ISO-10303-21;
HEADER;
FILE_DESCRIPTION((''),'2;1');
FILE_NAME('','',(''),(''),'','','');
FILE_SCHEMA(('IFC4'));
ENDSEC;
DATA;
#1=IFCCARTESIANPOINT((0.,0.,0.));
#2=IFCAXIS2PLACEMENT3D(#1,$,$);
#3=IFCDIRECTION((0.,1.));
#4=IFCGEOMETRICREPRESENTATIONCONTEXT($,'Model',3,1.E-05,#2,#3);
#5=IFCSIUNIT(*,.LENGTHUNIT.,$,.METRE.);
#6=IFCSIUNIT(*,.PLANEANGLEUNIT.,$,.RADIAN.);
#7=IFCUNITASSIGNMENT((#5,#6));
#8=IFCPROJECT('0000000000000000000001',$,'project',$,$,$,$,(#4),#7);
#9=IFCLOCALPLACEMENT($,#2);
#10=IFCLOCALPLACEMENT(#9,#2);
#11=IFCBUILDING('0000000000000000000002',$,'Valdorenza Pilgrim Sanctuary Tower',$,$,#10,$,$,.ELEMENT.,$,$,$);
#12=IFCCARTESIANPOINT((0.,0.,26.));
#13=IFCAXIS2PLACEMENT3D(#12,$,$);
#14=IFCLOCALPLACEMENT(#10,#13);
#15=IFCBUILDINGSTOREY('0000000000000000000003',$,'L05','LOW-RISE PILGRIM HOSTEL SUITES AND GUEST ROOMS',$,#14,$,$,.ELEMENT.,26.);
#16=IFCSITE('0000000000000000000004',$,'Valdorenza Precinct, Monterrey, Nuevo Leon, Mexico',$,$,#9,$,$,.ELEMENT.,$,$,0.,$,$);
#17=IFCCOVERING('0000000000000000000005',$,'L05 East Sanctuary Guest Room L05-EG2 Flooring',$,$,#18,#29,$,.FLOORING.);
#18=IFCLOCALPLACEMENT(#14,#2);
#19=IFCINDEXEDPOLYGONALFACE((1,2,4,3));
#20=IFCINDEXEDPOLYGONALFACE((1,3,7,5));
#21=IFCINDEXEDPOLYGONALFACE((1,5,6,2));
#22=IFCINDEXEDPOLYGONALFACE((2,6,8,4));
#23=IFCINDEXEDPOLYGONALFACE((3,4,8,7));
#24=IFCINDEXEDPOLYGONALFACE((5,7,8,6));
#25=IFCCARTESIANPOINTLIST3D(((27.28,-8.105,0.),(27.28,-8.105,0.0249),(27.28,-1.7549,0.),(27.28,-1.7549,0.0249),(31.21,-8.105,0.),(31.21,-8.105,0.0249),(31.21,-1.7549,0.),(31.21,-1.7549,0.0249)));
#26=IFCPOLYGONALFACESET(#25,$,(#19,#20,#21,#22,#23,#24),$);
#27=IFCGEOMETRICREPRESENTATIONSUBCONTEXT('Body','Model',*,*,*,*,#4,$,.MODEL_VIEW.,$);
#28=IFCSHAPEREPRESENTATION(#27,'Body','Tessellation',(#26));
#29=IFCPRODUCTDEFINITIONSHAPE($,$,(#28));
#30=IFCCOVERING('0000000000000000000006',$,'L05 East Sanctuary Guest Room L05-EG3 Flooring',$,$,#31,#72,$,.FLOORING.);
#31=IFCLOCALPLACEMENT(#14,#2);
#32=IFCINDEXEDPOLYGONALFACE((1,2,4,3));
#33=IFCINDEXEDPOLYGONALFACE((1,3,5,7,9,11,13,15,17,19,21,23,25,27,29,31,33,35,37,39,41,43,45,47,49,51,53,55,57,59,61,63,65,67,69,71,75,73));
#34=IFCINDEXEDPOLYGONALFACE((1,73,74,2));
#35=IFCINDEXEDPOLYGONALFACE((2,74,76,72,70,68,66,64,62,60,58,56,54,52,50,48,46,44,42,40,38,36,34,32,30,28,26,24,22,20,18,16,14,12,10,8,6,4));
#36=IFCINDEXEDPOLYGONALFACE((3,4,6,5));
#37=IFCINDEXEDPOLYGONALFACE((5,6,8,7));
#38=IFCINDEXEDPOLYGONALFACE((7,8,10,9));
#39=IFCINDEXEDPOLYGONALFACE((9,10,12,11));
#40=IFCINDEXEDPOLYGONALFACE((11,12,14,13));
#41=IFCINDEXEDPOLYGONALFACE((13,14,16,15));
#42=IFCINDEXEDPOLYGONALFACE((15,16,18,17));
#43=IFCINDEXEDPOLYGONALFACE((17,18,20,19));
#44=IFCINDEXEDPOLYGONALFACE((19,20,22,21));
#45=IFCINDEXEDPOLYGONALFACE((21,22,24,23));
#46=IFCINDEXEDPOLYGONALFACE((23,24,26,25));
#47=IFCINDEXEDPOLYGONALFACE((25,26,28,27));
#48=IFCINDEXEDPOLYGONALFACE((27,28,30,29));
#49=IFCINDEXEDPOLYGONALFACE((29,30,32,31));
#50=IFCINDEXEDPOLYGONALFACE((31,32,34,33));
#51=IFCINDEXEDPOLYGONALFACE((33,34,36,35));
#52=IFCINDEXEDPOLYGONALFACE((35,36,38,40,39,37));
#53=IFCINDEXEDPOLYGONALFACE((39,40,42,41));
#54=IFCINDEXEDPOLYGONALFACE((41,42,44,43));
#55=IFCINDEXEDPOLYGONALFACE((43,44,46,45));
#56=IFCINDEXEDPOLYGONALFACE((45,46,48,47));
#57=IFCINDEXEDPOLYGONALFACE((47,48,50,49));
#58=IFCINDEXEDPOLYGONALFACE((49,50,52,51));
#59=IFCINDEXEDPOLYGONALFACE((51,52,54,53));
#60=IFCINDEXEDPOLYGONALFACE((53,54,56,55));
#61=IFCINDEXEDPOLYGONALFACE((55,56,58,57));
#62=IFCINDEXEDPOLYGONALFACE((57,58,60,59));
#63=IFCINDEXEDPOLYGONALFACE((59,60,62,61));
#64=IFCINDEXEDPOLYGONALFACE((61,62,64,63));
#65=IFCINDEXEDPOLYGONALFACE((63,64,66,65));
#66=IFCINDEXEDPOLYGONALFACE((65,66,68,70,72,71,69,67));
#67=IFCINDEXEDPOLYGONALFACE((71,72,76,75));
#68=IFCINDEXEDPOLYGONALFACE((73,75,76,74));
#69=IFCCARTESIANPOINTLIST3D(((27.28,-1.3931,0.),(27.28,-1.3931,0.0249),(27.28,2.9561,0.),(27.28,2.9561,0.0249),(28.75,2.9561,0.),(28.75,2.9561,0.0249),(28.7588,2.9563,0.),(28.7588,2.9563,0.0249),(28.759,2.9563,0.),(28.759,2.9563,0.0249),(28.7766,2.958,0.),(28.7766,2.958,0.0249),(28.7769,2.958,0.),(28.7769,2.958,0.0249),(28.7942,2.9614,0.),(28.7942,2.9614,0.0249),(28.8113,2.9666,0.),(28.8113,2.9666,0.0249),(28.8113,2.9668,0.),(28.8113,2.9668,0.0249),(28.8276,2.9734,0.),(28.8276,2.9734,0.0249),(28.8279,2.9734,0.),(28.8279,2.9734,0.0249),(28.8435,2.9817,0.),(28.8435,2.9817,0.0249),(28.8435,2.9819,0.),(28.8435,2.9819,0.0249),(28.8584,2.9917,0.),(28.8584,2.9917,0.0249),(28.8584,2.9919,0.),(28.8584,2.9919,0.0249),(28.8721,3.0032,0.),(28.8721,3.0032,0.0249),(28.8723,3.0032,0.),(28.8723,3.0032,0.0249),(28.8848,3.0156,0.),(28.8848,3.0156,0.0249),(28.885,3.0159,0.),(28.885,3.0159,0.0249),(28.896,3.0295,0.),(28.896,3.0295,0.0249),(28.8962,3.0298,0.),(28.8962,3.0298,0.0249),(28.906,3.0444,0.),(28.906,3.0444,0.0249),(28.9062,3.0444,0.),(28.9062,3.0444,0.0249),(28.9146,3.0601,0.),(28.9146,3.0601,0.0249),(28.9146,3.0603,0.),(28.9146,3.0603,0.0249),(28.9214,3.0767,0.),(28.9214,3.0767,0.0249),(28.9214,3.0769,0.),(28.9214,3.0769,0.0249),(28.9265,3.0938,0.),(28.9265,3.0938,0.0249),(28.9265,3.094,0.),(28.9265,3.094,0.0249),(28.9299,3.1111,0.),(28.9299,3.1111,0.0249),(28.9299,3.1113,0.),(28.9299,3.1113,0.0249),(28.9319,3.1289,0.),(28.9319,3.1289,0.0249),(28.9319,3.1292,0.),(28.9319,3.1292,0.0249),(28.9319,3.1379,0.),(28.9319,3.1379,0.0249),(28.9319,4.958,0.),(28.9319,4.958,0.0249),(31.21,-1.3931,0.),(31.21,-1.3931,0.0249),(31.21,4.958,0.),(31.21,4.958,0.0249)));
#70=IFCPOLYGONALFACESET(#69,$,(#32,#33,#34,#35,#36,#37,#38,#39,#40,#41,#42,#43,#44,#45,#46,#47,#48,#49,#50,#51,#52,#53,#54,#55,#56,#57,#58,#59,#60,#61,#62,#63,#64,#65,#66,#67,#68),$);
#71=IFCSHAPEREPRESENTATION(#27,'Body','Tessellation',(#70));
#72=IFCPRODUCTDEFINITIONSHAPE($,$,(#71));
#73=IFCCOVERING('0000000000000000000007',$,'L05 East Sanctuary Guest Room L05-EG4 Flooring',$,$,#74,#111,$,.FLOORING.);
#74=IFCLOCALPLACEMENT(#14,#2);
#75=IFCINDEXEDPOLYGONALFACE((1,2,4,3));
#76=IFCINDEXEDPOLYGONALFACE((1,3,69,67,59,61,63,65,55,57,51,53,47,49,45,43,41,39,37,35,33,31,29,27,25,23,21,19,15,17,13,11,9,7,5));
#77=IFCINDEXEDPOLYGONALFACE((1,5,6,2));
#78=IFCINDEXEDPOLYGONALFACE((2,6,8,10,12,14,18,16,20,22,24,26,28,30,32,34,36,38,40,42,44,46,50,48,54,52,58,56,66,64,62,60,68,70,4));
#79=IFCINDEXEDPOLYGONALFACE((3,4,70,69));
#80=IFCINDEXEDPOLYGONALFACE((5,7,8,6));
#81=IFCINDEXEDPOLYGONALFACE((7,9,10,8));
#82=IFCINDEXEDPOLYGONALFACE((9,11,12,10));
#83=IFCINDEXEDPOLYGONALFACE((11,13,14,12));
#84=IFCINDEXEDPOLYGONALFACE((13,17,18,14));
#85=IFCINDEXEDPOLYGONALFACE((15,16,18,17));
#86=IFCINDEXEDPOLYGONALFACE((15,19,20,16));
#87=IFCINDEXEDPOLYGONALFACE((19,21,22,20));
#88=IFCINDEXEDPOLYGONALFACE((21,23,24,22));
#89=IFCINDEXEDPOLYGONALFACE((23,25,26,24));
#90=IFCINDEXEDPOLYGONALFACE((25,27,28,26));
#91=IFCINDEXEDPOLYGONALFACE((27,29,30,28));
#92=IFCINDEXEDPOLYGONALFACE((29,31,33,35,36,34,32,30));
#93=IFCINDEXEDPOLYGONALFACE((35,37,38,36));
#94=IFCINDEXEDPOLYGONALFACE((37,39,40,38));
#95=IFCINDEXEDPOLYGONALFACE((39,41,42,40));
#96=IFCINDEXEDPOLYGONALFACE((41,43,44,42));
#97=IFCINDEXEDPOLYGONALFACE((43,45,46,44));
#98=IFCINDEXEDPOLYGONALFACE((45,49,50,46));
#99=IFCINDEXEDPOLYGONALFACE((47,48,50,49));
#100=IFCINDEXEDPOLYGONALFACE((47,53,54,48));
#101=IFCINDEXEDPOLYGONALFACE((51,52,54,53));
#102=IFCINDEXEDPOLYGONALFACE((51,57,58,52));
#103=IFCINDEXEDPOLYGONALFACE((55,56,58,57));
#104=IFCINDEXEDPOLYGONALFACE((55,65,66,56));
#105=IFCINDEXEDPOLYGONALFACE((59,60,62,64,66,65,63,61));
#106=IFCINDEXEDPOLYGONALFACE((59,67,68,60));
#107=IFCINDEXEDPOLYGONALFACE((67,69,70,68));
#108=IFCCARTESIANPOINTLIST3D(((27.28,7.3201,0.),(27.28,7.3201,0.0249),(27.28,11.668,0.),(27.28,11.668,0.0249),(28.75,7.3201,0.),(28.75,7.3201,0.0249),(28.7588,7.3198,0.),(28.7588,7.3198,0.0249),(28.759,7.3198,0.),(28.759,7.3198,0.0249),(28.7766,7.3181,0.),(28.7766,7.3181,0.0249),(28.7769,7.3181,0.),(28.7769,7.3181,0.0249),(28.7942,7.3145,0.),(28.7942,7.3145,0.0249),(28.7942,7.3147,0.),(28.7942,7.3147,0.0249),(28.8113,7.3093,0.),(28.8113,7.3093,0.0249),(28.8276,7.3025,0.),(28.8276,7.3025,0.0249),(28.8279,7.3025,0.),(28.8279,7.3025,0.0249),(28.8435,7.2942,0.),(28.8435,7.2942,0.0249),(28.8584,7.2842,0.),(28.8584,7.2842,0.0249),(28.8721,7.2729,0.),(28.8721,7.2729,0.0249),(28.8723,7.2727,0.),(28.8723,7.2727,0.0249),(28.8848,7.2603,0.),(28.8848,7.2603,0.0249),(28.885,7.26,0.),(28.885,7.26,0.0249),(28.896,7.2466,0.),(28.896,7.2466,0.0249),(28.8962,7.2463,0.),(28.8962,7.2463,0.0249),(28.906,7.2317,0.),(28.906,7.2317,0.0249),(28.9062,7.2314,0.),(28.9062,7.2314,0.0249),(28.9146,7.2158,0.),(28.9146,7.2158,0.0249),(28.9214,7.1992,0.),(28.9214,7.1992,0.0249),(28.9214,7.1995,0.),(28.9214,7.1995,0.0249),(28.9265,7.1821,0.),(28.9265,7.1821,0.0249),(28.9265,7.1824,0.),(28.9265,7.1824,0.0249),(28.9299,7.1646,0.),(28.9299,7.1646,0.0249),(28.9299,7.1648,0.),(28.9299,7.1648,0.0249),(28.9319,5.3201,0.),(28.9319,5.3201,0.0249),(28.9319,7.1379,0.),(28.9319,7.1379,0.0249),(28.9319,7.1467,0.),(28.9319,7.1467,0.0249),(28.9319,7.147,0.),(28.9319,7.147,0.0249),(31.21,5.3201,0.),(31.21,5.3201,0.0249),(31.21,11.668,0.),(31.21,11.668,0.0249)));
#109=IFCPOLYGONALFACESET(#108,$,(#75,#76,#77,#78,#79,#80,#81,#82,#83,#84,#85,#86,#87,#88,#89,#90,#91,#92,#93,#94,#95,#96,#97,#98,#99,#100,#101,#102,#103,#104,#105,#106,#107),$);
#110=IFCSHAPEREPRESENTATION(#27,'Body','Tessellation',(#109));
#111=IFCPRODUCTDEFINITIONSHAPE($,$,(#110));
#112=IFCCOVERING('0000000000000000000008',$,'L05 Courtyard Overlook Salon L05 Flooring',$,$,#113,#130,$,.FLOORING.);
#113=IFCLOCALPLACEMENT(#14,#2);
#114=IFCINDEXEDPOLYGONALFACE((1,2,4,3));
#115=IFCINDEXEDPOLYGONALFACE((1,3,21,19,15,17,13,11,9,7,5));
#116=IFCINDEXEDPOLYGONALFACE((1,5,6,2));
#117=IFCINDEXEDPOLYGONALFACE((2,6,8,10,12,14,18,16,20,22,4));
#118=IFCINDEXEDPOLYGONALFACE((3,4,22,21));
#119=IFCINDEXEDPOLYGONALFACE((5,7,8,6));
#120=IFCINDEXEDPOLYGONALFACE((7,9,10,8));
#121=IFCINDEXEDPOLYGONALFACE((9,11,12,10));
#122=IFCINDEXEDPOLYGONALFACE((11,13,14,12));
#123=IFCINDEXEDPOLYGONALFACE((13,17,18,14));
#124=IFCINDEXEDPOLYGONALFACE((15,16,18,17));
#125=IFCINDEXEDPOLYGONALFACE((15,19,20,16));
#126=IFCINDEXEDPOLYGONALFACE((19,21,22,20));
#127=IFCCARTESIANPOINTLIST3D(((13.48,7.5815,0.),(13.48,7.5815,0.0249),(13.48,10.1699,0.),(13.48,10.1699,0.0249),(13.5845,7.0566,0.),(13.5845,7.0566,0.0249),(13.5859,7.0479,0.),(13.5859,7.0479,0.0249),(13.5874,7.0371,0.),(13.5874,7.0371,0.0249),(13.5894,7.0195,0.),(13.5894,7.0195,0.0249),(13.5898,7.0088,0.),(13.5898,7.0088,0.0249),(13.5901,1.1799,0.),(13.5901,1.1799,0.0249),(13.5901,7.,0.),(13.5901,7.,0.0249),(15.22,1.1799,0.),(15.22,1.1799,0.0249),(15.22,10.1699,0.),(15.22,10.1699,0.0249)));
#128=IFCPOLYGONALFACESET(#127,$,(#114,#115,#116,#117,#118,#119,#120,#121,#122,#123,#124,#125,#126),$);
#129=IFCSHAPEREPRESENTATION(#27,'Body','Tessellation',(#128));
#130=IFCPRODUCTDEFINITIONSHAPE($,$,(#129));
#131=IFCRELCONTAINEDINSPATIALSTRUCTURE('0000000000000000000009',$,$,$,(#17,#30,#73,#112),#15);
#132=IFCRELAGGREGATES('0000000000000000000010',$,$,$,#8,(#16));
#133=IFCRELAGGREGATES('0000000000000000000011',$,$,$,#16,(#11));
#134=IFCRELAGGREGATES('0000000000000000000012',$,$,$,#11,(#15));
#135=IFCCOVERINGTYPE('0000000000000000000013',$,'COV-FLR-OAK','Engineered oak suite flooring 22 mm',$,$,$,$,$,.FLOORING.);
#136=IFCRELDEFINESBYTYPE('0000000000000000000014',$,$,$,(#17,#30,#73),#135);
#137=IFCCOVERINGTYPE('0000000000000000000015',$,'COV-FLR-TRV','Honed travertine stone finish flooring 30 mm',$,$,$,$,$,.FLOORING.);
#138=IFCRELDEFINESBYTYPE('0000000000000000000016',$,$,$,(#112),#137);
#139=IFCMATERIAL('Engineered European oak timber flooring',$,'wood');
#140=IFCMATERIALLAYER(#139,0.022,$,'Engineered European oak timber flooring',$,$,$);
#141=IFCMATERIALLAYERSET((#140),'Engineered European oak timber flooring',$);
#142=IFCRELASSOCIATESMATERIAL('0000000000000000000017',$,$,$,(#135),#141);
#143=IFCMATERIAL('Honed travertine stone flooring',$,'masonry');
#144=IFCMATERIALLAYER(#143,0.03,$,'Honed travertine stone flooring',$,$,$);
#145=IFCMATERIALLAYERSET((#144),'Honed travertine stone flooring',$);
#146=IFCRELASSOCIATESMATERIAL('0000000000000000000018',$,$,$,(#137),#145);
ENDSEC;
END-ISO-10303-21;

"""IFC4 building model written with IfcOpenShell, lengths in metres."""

from ifc_helpers import new_model, si_unit, direction, frame, origin, place, context, subcontext, project, spatial, polyline, outline, extrude, material, layer, layer_set, type_object, element, save


model = new_model("IFC4")

# Units and contexts
model_context = context("Model", 3, precision=1e-05, world=origin(), true_north=direction((0.0, 1.0)))
body_context = subcontext(model_context, "Body", "Model", "MODEL_VIEW")
ifc_project = project(units=[si_unit("LENGTHUNIT", "METRE"), si_unit("PLANEANGLEUNIT", "RADIAN")], contexts=[model_context])

# Site, building, storey
site_placement = place(None, origin())
site = spatial("IfcSite", under=ifc_project, at=site_placement, Name="Valdorenza Precinct, Monterrey, Nuevo Leon, Mexico", CompositionType="ELEMENT", RefElevation=0.0)
building_placement = place(site_placement, origin())
building = spatial("IfcBuilding", under=site, at=building_placement, Name="Valdorenza Pilgrim Sanctuary Tower", CompositionType="ELEMENT")
storey_placement = place(building_placement, frame((0.0, 0.0, 26.0)))
storey = spatial("IfcBuildingStorey", under=building, at=storey_placement, Name="L05", Description="LOW-RISE PILGRIM HOSTEL SUITES AND GUEST ROOMS", CompositionType="ELEMENT", Elevation=26.0)

# Coverings
ifc_material_1 = material(Name="Engineered European oak timber flooring", Category="wood")
ifc_layer_1 = layer(ifc_material_1, 0.022, Name="Engineered European oak timber flooring")
ifc_layer_set_1 = layer_set([ifc_layer_1], Name="Engineered European oak timber flooring")
covering_type_1 = type_object("IfcCoveringType", Name="COV-FLR-OAK", Description="Engineered oak suite flooring 22 mm", PredefinedType="FLOORING", material=ifc_layer_set_1)
covering_1_placement = place(storey_placement, origin())
element("IfcCovering", 1, at=covering_1_placement, inside=storey, type_object=covering_type_1, Name="L05 East Sanctuary Guest Room L05-EG2 Flooring", PredefinedType="FLOORING", context=body_context, shape_type="SweptSolid", body=[
    extrude(outline(polyline([(31.21, -1.7549), (31.21, -8.105), (27.28, -8.105), (27.28, -1.7549), (31.21, -1.7549)])), origin(), (0.0, 0.0, 1.0), 0.0249),
])
covering_2_placement = place(storey_placement, origin())
element("IfcCovering", 2, at=covering_2_placement, inside=storey, type_object=covering_type_1, Name="L05 East Sanctuary Guest Room L05-EG3 Flooring", PredefinedType="FLOORING", context=body_context, shape_type="SweptSolid", body=[
    extrude(outline(polyline([(27.28, 2.9561), (28.75, 2.9561), (28.7588, 2.9563), (28.759, 2.9563), (28.7766, 2.958), (28.7769, 2.958), (28.7942, 2.9614), (28.7942, 2.9614), (28.8113, 2.9666), (28.8113, 2.9668), (28.8276, 2.9734), (28.8279, 2.9734), (28.8435, 2.9817), (28.8435, 2.9819), (28.8584, 2.9917), (28.8584, 2.9919), (28.8721, 3.0032), (28.8723, 3.0032), (28.8848, 3.0156), (28.885, 3.0159), (28.896, 3.0295), (28.8962, 3.0298), (28.906, 3.0444), (28.9062, 3.0444), (28.9146, 3.0601), (28.9146, 3.0603), (28.9214, 3.0767), (28.9214, 3.0769), (28.9265, 3.0938), (28.9265, 3.094), (28.9299, 3.1111), (28.9299, 3.1113), (28.9319, 3.1289), (28.9319, 3.1292), (28.9319, 3.1379), (28.9319, 4.958), (31.21, 4.958), (31.21, -1.3931), (27.28, -1.3931), (27.28, 2.9561)])), origin(), (0.0, 0.0, 1.0), 0.0249),
])
covering_3_placement = place(storey_placement, origin())
element("IfcCovering", 3, at=covering_3_placement, inside=storey, type_object=covering_type_1, Name="L05 East Sanctuary Guest Room L05-EG4 Flooring", PredefinedType="FLOORING", context=body_context, shape_type="SweptSolid", body=[
    extrude(outline(polyline([(31.21, 5.3201), (28.9319, 5.3201), (28.9319, 7.1379), (28.9319, 7.1467), (28.9319, 7.147), (28.9299, 7.1646), (28.9299, 7.1648), (28.9265, 7.1821), (28.9265, 7.1824), (28.9214, 7.1992), (28.9214, 7.1995), (28.9146, 7.2158), (28.9146, 7.2158), (28.9062, 7.2314), (28.906, 7.2317), (28.8962, 7.2463), (28.896, 7.2466), (28.885, 7.26), (28.8848, 7.2603), (28.8723, 7.2727), (28.8721, 7.2729), (28.8584, 7.2842), (28.8584, 7.2842), (28.8435, 7.2942), (28.8435, 7.2942), (28.8279, 7.3025), (28.8276, 7.3025), (28.8113, 7.3093), (28.8113, 7.3093), (28.7942, 7.3145), (28.7942, 7.3147), (28.7769, 7.3181), (28.7766, 7.3181), (28.759, 7.3198), (28.7588, 7.3198), (28.75, 7.3201), (27.28, 7.3201), (27.28, 11.668), (31.21, 11.668), (31.21, 5.3201)])), origin(), (0.0, 0.0, 1.0), 0.0249),
])
ifc_material_2 = material(Name="Honed travertine stone flooring", Category="masonry")
ifc_layer_2 = layer(ifc_material_2, 0.03, Name="Honed travertine stone flooring")
ifc_layer_set_2 = layer_set([ifc_layer_2], Name="Honed travertine stone flooring")
covering_type_2 = type_object("IfcCoveringType", Name="COV-FLR-TRV", Description="Honed travertine stone finish flooring 30 mm", PredefinedType="FLOORING", material=ifc_layer_set_2)
covering_4_placement = place(storey_placement, origin())
element("IfcCovering", 4, at=covering_4_placement, inside=storey, type_object=covering_type_2, Name="L05 Courtyard Overlook Salon L05 Flooring", PredefinedType="FLOORING", context=body_context, shape_type="SweptSolid", body=[
    extrude(outline(polyline([(15.22, 10.1699), (15.22, 1.1799), (13.5901, 1.1799), (13.5901, 7.0), (13.5898, 7.0088), (13.5894, 7.0195), (13.5874, 7.0371), (13.5859, 7.0479), (13.5845, 7.0566), (13.48, 7.5815), (13.48, 10.1699), (15.22, 10.1699)])), origin(), (0.0, 0.0, 1.0), 0.0249),
])

save(model, "model.ifc")
